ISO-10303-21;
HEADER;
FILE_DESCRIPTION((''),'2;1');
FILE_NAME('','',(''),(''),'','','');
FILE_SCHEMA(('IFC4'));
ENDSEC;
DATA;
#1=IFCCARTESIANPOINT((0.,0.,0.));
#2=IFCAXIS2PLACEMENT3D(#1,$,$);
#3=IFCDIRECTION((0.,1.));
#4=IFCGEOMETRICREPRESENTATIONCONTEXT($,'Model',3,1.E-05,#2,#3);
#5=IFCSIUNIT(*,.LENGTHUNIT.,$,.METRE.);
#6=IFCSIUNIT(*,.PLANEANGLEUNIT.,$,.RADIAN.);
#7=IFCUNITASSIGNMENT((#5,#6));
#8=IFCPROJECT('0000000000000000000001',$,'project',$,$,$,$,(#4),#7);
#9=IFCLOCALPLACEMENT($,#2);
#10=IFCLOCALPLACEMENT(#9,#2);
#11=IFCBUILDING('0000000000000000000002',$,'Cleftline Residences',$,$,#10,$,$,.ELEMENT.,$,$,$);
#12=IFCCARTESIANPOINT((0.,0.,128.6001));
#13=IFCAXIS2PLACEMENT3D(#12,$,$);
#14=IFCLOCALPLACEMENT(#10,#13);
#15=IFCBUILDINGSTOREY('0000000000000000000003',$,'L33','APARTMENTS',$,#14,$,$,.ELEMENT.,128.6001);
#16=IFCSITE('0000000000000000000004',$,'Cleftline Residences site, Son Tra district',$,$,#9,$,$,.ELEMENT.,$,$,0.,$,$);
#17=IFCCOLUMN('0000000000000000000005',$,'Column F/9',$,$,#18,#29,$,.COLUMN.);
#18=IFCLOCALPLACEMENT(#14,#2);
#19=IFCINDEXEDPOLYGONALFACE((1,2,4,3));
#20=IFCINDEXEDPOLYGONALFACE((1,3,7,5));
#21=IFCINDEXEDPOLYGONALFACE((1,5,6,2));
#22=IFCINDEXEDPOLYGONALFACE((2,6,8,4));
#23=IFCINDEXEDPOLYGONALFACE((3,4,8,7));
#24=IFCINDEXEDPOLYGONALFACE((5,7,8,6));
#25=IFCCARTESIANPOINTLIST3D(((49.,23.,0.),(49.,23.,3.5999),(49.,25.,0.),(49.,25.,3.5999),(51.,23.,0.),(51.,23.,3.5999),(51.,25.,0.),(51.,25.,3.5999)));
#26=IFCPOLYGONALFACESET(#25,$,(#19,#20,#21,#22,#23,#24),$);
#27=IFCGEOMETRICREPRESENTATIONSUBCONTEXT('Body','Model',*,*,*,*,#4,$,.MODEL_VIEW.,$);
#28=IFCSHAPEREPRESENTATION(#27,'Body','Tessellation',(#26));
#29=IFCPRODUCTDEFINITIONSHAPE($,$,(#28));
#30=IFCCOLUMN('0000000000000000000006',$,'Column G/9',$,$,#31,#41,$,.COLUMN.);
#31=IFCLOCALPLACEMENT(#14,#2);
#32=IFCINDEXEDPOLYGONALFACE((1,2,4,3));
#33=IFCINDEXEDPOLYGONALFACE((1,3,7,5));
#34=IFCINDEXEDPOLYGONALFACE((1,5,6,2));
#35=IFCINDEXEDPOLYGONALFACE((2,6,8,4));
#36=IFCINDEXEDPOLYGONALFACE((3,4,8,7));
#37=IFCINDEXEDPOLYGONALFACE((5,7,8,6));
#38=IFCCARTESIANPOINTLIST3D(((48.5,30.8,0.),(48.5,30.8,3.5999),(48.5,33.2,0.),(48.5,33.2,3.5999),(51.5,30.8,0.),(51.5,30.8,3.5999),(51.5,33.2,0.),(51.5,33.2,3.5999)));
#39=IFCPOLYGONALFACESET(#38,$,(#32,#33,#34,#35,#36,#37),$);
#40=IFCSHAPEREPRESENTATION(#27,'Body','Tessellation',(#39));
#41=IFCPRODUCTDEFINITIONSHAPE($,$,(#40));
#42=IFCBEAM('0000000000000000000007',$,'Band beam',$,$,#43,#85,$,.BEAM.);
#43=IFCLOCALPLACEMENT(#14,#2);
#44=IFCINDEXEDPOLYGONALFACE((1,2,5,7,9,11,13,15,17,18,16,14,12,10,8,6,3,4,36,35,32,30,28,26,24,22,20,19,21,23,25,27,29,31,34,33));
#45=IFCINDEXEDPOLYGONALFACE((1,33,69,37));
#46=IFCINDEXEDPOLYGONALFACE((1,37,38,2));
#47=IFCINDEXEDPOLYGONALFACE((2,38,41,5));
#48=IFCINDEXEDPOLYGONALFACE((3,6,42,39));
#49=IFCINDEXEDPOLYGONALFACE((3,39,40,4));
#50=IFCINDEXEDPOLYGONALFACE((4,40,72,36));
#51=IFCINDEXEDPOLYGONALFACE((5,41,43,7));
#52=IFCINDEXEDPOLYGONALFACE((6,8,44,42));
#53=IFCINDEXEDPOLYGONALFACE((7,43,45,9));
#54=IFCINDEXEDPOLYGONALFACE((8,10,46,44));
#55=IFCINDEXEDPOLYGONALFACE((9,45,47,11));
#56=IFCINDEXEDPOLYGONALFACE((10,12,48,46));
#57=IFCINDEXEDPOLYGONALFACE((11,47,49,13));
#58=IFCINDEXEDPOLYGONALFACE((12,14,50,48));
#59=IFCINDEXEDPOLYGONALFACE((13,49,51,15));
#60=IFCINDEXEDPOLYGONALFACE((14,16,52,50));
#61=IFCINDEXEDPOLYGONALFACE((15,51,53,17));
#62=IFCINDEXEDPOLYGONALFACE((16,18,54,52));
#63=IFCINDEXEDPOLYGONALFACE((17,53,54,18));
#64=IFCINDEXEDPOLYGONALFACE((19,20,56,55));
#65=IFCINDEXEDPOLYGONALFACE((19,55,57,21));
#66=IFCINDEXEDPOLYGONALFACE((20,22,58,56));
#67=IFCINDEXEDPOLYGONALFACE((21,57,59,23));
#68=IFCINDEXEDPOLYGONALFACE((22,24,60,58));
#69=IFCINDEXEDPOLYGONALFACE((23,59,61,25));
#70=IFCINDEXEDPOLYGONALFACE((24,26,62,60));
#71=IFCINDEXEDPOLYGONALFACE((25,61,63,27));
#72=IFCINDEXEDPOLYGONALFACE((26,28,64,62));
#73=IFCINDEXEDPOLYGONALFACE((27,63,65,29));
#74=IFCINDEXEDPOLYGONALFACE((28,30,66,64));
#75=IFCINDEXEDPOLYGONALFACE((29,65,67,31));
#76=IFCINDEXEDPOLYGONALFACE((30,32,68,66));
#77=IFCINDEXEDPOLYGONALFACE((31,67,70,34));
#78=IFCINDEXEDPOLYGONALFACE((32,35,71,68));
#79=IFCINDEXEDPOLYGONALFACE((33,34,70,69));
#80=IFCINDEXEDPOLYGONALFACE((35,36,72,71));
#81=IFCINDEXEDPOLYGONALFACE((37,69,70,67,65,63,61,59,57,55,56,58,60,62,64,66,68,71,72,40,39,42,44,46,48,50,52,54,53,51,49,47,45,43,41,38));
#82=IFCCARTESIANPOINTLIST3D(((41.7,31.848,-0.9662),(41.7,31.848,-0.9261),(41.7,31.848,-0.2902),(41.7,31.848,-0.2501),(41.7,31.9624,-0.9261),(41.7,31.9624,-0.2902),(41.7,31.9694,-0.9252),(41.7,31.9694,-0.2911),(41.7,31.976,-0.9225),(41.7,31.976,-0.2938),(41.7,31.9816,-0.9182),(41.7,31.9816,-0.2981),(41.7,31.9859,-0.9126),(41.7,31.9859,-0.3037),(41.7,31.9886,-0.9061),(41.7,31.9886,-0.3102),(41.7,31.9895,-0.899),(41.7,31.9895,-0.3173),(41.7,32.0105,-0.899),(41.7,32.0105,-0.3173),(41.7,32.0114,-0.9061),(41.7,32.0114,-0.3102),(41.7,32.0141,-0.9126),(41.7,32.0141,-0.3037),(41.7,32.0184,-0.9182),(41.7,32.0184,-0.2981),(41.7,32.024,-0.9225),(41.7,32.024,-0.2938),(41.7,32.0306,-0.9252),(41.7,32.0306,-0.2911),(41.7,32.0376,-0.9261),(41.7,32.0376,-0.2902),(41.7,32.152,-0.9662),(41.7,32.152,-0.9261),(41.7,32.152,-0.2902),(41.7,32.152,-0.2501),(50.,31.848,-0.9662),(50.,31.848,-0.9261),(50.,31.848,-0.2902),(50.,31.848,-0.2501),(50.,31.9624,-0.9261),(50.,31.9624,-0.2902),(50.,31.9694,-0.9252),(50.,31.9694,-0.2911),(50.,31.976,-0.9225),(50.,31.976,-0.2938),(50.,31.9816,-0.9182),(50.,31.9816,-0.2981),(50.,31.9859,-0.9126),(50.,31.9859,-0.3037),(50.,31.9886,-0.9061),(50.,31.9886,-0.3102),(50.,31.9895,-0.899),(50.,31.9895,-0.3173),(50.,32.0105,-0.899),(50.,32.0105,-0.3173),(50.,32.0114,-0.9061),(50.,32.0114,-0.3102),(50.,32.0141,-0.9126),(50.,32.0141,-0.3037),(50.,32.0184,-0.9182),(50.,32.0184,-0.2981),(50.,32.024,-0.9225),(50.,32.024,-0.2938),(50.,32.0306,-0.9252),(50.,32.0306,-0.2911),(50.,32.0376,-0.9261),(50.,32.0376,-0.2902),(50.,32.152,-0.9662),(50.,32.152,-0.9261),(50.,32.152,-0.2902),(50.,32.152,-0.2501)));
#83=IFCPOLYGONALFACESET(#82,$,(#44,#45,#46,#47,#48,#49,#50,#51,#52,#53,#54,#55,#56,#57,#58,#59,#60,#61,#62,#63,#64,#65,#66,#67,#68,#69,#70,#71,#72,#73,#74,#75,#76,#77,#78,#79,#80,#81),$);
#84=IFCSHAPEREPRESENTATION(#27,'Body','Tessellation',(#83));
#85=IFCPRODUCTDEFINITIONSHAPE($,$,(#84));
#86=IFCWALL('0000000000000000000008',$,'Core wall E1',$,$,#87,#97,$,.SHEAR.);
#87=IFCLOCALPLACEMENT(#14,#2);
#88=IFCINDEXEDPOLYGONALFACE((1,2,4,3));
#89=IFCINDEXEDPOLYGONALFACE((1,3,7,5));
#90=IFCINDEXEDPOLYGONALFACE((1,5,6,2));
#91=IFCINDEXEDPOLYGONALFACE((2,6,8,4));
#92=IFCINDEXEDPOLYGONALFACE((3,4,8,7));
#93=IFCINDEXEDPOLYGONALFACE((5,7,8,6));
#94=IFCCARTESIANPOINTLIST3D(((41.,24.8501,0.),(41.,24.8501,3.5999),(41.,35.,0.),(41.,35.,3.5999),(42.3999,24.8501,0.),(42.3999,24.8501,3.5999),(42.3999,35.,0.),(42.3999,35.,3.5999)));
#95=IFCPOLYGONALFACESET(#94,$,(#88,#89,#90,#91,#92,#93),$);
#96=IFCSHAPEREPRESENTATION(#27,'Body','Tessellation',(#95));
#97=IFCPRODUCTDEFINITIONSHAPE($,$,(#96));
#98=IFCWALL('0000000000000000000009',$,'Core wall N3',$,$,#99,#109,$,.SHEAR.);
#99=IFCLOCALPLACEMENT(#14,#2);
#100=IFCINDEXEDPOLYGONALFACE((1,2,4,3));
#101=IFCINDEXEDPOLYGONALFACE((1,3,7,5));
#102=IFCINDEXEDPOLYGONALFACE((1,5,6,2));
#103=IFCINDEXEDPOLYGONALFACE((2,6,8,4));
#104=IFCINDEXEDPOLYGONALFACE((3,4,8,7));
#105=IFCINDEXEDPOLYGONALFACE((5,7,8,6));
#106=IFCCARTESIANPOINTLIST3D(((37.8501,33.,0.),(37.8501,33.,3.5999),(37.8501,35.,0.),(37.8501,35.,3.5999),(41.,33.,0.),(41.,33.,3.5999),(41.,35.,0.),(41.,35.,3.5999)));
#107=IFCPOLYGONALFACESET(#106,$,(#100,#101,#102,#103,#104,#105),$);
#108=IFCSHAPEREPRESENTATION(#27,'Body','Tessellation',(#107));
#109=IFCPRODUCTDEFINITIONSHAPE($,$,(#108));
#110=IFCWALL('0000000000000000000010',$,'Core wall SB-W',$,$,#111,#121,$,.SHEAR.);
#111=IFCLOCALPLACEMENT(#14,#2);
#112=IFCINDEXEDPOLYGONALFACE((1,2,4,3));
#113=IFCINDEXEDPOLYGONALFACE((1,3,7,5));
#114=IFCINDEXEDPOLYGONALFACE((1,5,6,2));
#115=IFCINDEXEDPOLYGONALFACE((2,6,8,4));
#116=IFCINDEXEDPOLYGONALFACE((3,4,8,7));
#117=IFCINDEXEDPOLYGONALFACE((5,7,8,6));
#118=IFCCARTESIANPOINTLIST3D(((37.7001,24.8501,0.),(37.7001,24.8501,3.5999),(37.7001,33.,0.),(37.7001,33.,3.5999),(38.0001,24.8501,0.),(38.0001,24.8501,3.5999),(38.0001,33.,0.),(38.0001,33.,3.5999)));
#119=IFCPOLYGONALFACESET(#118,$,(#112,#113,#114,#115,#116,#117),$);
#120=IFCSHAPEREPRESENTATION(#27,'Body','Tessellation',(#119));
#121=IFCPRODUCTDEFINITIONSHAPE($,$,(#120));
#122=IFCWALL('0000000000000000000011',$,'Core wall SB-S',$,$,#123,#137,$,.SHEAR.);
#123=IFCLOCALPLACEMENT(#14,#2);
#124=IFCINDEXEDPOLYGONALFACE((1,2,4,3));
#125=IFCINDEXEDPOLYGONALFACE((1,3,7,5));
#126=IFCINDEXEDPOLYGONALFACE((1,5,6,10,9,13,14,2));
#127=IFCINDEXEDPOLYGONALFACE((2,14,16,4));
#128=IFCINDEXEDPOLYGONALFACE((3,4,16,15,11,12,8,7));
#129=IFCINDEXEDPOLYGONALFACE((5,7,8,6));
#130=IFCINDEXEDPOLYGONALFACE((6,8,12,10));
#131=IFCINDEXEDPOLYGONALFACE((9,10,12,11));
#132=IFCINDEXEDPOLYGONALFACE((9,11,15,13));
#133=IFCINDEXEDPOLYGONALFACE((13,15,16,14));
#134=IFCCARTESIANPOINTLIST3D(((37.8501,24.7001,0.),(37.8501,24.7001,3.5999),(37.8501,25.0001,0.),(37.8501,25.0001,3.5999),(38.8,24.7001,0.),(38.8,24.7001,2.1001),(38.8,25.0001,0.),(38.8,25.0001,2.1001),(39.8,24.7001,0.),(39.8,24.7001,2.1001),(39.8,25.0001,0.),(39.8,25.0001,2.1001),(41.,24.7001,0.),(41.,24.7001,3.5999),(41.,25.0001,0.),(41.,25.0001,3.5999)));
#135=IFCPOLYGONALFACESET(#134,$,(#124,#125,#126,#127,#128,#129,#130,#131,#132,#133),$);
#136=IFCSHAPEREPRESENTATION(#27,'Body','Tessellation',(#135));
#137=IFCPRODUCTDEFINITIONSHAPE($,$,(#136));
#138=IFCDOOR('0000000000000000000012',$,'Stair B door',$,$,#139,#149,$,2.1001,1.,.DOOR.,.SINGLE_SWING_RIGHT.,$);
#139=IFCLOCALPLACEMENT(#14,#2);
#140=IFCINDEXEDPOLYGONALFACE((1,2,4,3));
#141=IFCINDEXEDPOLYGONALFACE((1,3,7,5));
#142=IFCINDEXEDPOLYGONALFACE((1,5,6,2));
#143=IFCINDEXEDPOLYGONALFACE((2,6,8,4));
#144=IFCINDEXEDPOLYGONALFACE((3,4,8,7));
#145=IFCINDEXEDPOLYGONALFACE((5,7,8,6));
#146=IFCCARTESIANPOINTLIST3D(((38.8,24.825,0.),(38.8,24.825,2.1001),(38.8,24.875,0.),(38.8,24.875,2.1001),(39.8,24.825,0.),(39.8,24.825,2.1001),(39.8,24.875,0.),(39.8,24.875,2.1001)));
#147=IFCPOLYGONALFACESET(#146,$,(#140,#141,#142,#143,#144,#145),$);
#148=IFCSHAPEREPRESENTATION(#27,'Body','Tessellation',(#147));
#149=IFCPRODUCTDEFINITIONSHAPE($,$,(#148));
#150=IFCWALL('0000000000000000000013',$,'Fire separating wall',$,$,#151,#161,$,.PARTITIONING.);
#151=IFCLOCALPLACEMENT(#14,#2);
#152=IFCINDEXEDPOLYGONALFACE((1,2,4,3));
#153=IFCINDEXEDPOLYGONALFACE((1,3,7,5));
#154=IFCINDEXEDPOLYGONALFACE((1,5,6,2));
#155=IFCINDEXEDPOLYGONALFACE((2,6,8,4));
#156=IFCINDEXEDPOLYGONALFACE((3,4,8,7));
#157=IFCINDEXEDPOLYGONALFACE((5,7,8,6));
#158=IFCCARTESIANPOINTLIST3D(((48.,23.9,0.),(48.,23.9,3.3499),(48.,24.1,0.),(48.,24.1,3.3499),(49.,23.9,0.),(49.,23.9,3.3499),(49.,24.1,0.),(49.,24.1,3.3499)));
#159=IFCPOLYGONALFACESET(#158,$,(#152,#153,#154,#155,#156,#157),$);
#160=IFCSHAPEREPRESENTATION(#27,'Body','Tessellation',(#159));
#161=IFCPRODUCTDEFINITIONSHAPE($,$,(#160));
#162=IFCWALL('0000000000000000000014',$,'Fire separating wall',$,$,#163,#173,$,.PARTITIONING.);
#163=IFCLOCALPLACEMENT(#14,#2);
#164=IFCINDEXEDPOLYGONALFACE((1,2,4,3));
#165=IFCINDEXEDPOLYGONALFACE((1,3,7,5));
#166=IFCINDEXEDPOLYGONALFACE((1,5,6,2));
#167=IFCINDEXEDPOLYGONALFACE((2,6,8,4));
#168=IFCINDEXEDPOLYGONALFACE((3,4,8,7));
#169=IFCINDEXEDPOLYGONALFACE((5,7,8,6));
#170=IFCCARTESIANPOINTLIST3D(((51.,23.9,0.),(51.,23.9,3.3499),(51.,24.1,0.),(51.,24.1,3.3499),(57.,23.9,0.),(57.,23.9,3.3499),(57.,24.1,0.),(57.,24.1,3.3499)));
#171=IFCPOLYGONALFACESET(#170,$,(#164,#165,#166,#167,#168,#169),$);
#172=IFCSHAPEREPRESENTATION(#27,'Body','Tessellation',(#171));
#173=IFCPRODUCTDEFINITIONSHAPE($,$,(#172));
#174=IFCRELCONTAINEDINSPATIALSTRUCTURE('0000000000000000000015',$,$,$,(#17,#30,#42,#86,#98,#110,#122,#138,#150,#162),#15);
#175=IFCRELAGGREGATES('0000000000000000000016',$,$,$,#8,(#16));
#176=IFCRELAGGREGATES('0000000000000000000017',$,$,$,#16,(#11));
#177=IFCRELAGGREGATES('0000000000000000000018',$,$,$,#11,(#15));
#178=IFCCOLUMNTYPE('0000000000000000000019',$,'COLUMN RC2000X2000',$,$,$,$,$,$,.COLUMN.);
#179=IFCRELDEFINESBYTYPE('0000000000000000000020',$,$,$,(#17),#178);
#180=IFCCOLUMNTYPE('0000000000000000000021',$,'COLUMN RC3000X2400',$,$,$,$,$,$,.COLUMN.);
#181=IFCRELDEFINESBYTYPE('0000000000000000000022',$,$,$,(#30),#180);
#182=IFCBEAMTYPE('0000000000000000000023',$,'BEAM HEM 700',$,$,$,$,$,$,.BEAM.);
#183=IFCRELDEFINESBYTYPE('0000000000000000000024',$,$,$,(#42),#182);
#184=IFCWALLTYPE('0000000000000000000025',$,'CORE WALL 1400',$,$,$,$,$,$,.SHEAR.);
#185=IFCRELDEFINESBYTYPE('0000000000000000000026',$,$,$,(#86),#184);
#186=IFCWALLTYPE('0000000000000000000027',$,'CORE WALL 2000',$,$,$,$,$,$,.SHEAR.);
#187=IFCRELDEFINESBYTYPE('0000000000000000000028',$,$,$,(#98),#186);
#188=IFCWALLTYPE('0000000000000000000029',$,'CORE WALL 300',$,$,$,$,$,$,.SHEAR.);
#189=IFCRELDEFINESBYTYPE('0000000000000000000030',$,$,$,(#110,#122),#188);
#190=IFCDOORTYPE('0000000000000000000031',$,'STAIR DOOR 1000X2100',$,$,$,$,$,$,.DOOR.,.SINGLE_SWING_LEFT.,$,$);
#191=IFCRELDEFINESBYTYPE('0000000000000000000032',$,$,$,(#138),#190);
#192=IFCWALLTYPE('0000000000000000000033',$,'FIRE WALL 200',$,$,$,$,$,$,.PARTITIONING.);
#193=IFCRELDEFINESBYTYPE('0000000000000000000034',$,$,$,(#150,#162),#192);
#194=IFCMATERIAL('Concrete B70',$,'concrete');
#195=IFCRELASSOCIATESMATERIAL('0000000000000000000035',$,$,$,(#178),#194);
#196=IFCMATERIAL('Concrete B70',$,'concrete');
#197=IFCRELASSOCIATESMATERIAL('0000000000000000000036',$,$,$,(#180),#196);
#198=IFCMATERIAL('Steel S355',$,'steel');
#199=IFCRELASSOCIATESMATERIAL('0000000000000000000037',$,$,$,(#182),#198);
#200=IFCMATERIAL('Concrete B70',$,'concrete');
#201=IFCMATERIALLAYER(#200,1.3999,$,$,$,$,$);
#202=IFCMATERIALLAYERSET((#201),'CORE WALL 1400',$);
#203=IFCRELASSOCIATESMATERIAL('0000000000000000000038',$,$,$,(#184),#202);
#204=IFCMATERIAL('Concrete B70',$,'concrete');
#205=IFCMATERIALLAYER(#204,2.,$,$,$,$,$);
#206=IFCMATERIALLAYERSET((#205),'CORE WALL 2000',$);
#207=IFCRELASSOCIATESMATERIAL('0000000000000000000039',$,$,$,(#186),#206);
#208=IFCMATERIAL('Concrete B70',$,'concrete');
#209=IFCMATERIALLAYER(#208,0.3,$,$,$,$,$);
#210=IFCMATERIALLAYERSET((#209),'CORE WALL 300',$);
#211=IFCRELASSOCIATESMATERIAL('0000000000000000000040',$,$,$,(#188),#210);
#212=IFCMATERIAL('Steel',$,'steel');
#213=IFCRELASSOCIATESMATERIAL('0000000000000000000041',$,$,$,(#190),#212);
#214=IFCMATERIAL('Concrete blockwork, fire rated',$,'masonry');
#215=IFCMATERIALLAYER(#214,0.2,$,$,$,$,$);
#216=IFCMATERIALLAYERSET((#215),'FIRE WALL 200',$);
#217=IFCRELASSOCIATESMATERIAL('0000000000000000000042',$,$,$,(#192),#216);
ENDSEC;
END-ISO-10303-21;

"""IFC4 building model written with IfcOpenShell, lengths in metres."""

from ifc_helpers import new_model, si_unit, direction, frame, frame_2d, origin, origin_2d, place, context, subcontext, project, spatial, rectangle, i_section, extrude, material, layer, layer_set, material_profile, profile_set, type_object, element, fill, save


model = new_model("IFC4")

# Units and contexts
model_context = context("Model", 3, precision=1e-05, world=origin(), true_north=direction((0.0, 1.0)))
body_context = subcontext(model_context, "Body", "Model", "MODEL_VIEW")
ifc_project = project(units=[si_unit("LENGTHUNIT", "METRE"), si_unit("PLANEANGLEUNIT", "RADIAN")], contexts=[model_context])

# Site, building, storey
site_placement = place(None, origin())
site = spatial("IfcSite", under=ifc_project, at=site_placement, Name="Cleftline Residences site, Son Tra district", CompositionType="ELEMENT", RefElevation=0.0)
building_placement = place(site_placement, origin())
building = spatial("IfcBuilding", under=site, at=building_placement, Name="Cleftline Residences", CompositionType="ELEMENT")
storey_placement = place(building_placement, frame((0.0, 0.0, 128.6001)))
storey = spatial("IfcBuildingStorey", under=building, at=storey_placement, Name="L33", Description="APARTMENTS", CompositionType="ELEMENT", Elevation=128.6001)

# Columns
ifc_material_1 = material(Name="Concrete B70", Category="concrete")
ifc_material_profile_1 = material_profile(ifc_material_1, rectangle(XDim=2.0, YDim=2.0, at=origin_2d()))
ifc_profile_set_1 = profile_set([ifc_material_profile_1], Name="Concrete B70")
column_type_1 = type_object("IfcColumnType", Name="COLUMN RC2000X2000", PredefinedType="COLUMN", material=ifc_profile_set_1)
column_1_placement = place(storey_placement, frame((50.0, 24.0, 0.0), z_axis=(0.0, 0.0, 1.0), x_axis=(1.0, 0.0, 0.0)))
element("IfcColumn", 1, at=column_1_placement, inside=storey, type_object=column_type_1, Name="Column F/9", PredefinedType="COLUMN", context=body_context, shape_type="SweptSolid", body=[
    extrude(rectangle(XDim=2.0, YDim=2.0, at=origin_2d()), origin(), (0.0, 0.0, 1.0), 3.5999),
])
ifc_material_2 = material(Name="Concrete B70", Category="concrete")
ifc_material_profile_2 = material_profile(ifc_material_2, rectangle(XDim=3.0, YDim=2.3999, at=origin_2d()))
ifc_profile_set_2 = profile_set([ifc_material_profile_2], Name="Concrete B70")
column_type_2 = type_object("IfcColumnType", Name="COLUMN RC3000X2400", PredefinedType="COLUMN", material=ifc_profile_set_2)
column_2_placement = place(storey_placement, frame((50.0, 32.0, 0.0), z_axis=(0.0, 0.0, 1.0), x_axis=(1.0, 0.0, 0.0)))
element("IfcColumn", 2, at=column_2_placement, inside=storey, type_object=column_type_2, Name="Column G/9", PredefinedType="COLUMN", context=body_context, shape_type="SweptSolid", body=[
    extrude(rectangle(XDim=3.0, YDim=2.3999, at=origin_2d()), origin(), (0.0, 0.0, 1.0), 3.5999),
])

# Beam
ifc_material_3 = material(Name="Steel S355", Category="steel")
ifc_material_profile_3 = material_profile(ifc_material_3, i_section(OverallWidth=0.304, OverallDepth=0.7161, WebThickness=0.021, FlangeThickness=0.04, FilletRadius=0.0271, at=origin_2d()))
ifc_profile_set_3 = profile_set([ifc_material_profile_3], Name="Steel S355")
beam_type = type_object("IfcBeamType", Name="BEAM HEM 700", PredefinedType="BEAM", material=ifc_profile_set_3)
beam_placement = place(storey_placement, frame((50.0, 32.0, -0.6082), z_axis=(-1.0, 0.0, 0.0), x_axis=(0.0, -1.0, 0.0)))
element("IfcBeam", 3, at=beam_placement, inside=storey, type_object=beam_type, Name="Band beam", PredefinedType="BEAM", context=body_context, shape_type="SweptSolid", body=[
    extrude(i_section(OverallWidth=0.304, OverallDepth=0.7161, WebThickness=0.021, FlangeThickness=0.04, FilletRadius=0.0271, at=origin_2d()), origin(), (0.0, 0.0, 1.0), 8.3),
])

# Walls
ifc_material_4 = material(Name="Concrete B70", Category="concrete")
ifc_layer_1 = layer(ifc_material_4, 1.3999)
ifc_layer_set_1 = layer_set([ifc_layer_1], Name="CORE WALL 1400")
wall_type_1 = type_object("IfcWallType", Name="CORE WALL 1400", PredefinedType="SHEAR", material=ifc_layer_set_1)
wall_1_placement = place(storey_placement, frame((41.7, 24.8501, 0.0), z_axis=(0.0, 0.0, 1.0), x_axis=(0.0, 1.0, 0.0)))
element("IfcWall", 4, at=wall_1_placement, inside=storey, type_object=wall_type_1, Name="Core wall E1", PredefinedType="SHEAR", context=body_context, shape_type="SweptSolid", body=[
    extrude(rectangle(XDim=10.1499, YDim=1.3999, at=frame_2d((5.075, 0.0))), origin(), (0.0, 0.0, 1.0), 3.5999),
])
ifc_material_5 = material(Name="Concrete B70", Category="concrete")
ifc_layer_2 = layer(ifc_material_5, 2.0)
ifc_layer_set_2 = layer_set([ifc_layer_2], Name="CORE WALL 2000")
wall_type_2 = type_object("IfcWallType", Name="CORE WALL 2000", PredefinedType="SHEAR", material=ifc_layer_set_2)
wall_2_placement = place(storey_placement, frame((37.8501, 34.0, 0.0), z_axis=(0.0, 0.0, 1.0), x_axis=(1.0, 0.0, 0.0)))
element("IfcWall", 5, at=wall_2_placement, inside=storey, type_object=wall_type_2, Name="Core wall N3", PredefinedType="SHEAR", context=body_context, shape_type="SweptSolid", body=[
    extrude(rectangle(XDim=3.1499, YDim=2.0, at=frame_2d((1.575, 0.0))), origin(), (0.0, 0.0, 1.0), 3.5999),
])
ifc_material_6 = material(Name="Concrete B70", Category="concrete")
ifc_layer_3 = layer(ifc_material_6, 0.3)
ifc_layer_set_3 = layer_set([ifc_layer_3], Name="CORE WALL 300")
wall_type_3 = type_object("IfcWallType", Name="CORE WALL 300", PredefinedType="SHEAR", material=ifc_layer_set_3)
wall_3_placement = place(storey_placement, frame((37.8501, 24.8501, 0.0), z_axis=(0.0, 0.0, 1.0), x_axis=(0.0, 1.0, 0.0)))
element("IfcWall", 6, at=wall_3_placement, inside=storey, type_object=wall_type_3, Name="Core wall SB-W", PredefinedType="SHEAR", context=body_context, shape_type="SweptSolid", body=[
    extrude(rectangle(XDim=8.1499, YDim=0.3, at=frame_2d((4.075, 0.0))), origin(), (0.0, 0.0, 1.0), 3.5999),
])

# Wall, opening, door
wall_4_placement = place(storey_placement, frame((37.8501, 24.8501, 0.0), z_axis=(0.0, 0.0, 1.0), x_axis=(1.0, 0.0, 0.0)))
wall_4 = element("IfcWall", 7, at=wall_4_placement, inside=storey, type_object=wall_type_3, Name="Core wall SB-S", PredefinedType="SHEAR", context=body_context, shape_type="SweptSolid", body=[
    extrude(rectangle(XDim=3.1499, YDim=0.3, at=frame_2d((1.575, 0.0))), origin(), (0.0, 0.0, 1.0), 3.5999),
])
opening_1_placement = place(wall_4_placement, frame((0.95, 0.0, 0.0)))
opening_1 = element("IfcOpeningElement", 8, at=opening_1_placement, cuts=wall_4, PredefinedType="OPENING", context=body_context, shape_type="SweptSolid", body=[
    extrude(rectangle(XDim=1.0, YDim=2.1001, at=frame_2d((0.5, 1.05))), frame((0.0, 0.1599, 0.0), z_axis=(0.0, -1.0, 0.0), x_axis=(1.0, 0.0, 0.0)), (0.0, 0.0, 1.0), 0.3201),
])
ifc_material_7 = material(Name="Steel", Category="steel")
door_type_1 = type_object("IfcDoorType", Name="STAIR DOOR 1000X2100", OperationType="SINGLE_SWING_LEFT", PredefinedType="DOOR", material=ifc_material_7)
door_1_placement = place(opening_1_placement, origin())
door_1 = element("IfcDoor", 9, at=door_1_placement, inside=storey, type_object=door_type_1, Name="Stair B door", OperationType="SINGLE_SWING_RIGHT", OverallHeight=2.1001, OverallWidth=1.0, PredefinedType="DOOR", context=body_context, shape_type="SweptSolid", body=[
    extrude(rectangle(XDim=1.0, YDim=2.1001, at=frame_2d((0.5, 1.05))), frame((0.0, 0.0249, 0.0), z_axis=(0.0, -1.0, 0.0), x_axis=(1.0, 0.0, 0.0)), (0.0, 0.0, 1.0), 0.05),
])
fill(opening_1, door_1)

# Walls
ifc_material_8 = material(Name="Concrete blockwork, fire rated", Category="masonry")
ifc_layer_4 = layer(ifc_material_8, 0.2)
ifc_layer_set_4 = layer_set([ifc_layer_4], Name="FIRE WALL 200")
wall_type_4 = type_object("IfcWallType", Name="FIRE WALL 200", PredefinedType="PARTITIONING", material=ifc_layer_set_4)
wall_5_placement = place(storey_placement, frame((48.0, 24.0, 0.0), z_axis=(0.0, 0.0, 1.0), x_axis=(1.0, 0.0, 0.0)))
element("IfcWall", 10, at=wall_5_placement, inside=storey, type_object=wall_type_4, Name="Fire separating wall", PredefinedType="PARTITIONING", context=body_context, shape_type="SweptSolid", body=[
    extrude(rectangle(XDim=1.0, YDim=0.2, at=frame_2d((0.5, 0.0))), origin(), (0.0, 0.0, 1.0), 3.3499),
])
wall_6_placement = place(storey_placement, frame((51.0, 24.0, 0.0), z_axis=(0.0, 0.0, 1.0), x_axis=(1.0, 0.0, 0.0)))
element("IfcWall", 11, at=wall_6_placement, inside=storey, type_object=wall_type_4, Name="Fire separating wall", PredefinedType="PARTITIONING", context=body_context, shape_type="SweptSolid", body=[
    extrude(rectangle(XDim=6.0, YDim=0.2, at=frame_2d((3.0, 0.0))), origin(), (0.0, 0.0, 1.0), 3.3499),
])

save(model, "model.ifc")
